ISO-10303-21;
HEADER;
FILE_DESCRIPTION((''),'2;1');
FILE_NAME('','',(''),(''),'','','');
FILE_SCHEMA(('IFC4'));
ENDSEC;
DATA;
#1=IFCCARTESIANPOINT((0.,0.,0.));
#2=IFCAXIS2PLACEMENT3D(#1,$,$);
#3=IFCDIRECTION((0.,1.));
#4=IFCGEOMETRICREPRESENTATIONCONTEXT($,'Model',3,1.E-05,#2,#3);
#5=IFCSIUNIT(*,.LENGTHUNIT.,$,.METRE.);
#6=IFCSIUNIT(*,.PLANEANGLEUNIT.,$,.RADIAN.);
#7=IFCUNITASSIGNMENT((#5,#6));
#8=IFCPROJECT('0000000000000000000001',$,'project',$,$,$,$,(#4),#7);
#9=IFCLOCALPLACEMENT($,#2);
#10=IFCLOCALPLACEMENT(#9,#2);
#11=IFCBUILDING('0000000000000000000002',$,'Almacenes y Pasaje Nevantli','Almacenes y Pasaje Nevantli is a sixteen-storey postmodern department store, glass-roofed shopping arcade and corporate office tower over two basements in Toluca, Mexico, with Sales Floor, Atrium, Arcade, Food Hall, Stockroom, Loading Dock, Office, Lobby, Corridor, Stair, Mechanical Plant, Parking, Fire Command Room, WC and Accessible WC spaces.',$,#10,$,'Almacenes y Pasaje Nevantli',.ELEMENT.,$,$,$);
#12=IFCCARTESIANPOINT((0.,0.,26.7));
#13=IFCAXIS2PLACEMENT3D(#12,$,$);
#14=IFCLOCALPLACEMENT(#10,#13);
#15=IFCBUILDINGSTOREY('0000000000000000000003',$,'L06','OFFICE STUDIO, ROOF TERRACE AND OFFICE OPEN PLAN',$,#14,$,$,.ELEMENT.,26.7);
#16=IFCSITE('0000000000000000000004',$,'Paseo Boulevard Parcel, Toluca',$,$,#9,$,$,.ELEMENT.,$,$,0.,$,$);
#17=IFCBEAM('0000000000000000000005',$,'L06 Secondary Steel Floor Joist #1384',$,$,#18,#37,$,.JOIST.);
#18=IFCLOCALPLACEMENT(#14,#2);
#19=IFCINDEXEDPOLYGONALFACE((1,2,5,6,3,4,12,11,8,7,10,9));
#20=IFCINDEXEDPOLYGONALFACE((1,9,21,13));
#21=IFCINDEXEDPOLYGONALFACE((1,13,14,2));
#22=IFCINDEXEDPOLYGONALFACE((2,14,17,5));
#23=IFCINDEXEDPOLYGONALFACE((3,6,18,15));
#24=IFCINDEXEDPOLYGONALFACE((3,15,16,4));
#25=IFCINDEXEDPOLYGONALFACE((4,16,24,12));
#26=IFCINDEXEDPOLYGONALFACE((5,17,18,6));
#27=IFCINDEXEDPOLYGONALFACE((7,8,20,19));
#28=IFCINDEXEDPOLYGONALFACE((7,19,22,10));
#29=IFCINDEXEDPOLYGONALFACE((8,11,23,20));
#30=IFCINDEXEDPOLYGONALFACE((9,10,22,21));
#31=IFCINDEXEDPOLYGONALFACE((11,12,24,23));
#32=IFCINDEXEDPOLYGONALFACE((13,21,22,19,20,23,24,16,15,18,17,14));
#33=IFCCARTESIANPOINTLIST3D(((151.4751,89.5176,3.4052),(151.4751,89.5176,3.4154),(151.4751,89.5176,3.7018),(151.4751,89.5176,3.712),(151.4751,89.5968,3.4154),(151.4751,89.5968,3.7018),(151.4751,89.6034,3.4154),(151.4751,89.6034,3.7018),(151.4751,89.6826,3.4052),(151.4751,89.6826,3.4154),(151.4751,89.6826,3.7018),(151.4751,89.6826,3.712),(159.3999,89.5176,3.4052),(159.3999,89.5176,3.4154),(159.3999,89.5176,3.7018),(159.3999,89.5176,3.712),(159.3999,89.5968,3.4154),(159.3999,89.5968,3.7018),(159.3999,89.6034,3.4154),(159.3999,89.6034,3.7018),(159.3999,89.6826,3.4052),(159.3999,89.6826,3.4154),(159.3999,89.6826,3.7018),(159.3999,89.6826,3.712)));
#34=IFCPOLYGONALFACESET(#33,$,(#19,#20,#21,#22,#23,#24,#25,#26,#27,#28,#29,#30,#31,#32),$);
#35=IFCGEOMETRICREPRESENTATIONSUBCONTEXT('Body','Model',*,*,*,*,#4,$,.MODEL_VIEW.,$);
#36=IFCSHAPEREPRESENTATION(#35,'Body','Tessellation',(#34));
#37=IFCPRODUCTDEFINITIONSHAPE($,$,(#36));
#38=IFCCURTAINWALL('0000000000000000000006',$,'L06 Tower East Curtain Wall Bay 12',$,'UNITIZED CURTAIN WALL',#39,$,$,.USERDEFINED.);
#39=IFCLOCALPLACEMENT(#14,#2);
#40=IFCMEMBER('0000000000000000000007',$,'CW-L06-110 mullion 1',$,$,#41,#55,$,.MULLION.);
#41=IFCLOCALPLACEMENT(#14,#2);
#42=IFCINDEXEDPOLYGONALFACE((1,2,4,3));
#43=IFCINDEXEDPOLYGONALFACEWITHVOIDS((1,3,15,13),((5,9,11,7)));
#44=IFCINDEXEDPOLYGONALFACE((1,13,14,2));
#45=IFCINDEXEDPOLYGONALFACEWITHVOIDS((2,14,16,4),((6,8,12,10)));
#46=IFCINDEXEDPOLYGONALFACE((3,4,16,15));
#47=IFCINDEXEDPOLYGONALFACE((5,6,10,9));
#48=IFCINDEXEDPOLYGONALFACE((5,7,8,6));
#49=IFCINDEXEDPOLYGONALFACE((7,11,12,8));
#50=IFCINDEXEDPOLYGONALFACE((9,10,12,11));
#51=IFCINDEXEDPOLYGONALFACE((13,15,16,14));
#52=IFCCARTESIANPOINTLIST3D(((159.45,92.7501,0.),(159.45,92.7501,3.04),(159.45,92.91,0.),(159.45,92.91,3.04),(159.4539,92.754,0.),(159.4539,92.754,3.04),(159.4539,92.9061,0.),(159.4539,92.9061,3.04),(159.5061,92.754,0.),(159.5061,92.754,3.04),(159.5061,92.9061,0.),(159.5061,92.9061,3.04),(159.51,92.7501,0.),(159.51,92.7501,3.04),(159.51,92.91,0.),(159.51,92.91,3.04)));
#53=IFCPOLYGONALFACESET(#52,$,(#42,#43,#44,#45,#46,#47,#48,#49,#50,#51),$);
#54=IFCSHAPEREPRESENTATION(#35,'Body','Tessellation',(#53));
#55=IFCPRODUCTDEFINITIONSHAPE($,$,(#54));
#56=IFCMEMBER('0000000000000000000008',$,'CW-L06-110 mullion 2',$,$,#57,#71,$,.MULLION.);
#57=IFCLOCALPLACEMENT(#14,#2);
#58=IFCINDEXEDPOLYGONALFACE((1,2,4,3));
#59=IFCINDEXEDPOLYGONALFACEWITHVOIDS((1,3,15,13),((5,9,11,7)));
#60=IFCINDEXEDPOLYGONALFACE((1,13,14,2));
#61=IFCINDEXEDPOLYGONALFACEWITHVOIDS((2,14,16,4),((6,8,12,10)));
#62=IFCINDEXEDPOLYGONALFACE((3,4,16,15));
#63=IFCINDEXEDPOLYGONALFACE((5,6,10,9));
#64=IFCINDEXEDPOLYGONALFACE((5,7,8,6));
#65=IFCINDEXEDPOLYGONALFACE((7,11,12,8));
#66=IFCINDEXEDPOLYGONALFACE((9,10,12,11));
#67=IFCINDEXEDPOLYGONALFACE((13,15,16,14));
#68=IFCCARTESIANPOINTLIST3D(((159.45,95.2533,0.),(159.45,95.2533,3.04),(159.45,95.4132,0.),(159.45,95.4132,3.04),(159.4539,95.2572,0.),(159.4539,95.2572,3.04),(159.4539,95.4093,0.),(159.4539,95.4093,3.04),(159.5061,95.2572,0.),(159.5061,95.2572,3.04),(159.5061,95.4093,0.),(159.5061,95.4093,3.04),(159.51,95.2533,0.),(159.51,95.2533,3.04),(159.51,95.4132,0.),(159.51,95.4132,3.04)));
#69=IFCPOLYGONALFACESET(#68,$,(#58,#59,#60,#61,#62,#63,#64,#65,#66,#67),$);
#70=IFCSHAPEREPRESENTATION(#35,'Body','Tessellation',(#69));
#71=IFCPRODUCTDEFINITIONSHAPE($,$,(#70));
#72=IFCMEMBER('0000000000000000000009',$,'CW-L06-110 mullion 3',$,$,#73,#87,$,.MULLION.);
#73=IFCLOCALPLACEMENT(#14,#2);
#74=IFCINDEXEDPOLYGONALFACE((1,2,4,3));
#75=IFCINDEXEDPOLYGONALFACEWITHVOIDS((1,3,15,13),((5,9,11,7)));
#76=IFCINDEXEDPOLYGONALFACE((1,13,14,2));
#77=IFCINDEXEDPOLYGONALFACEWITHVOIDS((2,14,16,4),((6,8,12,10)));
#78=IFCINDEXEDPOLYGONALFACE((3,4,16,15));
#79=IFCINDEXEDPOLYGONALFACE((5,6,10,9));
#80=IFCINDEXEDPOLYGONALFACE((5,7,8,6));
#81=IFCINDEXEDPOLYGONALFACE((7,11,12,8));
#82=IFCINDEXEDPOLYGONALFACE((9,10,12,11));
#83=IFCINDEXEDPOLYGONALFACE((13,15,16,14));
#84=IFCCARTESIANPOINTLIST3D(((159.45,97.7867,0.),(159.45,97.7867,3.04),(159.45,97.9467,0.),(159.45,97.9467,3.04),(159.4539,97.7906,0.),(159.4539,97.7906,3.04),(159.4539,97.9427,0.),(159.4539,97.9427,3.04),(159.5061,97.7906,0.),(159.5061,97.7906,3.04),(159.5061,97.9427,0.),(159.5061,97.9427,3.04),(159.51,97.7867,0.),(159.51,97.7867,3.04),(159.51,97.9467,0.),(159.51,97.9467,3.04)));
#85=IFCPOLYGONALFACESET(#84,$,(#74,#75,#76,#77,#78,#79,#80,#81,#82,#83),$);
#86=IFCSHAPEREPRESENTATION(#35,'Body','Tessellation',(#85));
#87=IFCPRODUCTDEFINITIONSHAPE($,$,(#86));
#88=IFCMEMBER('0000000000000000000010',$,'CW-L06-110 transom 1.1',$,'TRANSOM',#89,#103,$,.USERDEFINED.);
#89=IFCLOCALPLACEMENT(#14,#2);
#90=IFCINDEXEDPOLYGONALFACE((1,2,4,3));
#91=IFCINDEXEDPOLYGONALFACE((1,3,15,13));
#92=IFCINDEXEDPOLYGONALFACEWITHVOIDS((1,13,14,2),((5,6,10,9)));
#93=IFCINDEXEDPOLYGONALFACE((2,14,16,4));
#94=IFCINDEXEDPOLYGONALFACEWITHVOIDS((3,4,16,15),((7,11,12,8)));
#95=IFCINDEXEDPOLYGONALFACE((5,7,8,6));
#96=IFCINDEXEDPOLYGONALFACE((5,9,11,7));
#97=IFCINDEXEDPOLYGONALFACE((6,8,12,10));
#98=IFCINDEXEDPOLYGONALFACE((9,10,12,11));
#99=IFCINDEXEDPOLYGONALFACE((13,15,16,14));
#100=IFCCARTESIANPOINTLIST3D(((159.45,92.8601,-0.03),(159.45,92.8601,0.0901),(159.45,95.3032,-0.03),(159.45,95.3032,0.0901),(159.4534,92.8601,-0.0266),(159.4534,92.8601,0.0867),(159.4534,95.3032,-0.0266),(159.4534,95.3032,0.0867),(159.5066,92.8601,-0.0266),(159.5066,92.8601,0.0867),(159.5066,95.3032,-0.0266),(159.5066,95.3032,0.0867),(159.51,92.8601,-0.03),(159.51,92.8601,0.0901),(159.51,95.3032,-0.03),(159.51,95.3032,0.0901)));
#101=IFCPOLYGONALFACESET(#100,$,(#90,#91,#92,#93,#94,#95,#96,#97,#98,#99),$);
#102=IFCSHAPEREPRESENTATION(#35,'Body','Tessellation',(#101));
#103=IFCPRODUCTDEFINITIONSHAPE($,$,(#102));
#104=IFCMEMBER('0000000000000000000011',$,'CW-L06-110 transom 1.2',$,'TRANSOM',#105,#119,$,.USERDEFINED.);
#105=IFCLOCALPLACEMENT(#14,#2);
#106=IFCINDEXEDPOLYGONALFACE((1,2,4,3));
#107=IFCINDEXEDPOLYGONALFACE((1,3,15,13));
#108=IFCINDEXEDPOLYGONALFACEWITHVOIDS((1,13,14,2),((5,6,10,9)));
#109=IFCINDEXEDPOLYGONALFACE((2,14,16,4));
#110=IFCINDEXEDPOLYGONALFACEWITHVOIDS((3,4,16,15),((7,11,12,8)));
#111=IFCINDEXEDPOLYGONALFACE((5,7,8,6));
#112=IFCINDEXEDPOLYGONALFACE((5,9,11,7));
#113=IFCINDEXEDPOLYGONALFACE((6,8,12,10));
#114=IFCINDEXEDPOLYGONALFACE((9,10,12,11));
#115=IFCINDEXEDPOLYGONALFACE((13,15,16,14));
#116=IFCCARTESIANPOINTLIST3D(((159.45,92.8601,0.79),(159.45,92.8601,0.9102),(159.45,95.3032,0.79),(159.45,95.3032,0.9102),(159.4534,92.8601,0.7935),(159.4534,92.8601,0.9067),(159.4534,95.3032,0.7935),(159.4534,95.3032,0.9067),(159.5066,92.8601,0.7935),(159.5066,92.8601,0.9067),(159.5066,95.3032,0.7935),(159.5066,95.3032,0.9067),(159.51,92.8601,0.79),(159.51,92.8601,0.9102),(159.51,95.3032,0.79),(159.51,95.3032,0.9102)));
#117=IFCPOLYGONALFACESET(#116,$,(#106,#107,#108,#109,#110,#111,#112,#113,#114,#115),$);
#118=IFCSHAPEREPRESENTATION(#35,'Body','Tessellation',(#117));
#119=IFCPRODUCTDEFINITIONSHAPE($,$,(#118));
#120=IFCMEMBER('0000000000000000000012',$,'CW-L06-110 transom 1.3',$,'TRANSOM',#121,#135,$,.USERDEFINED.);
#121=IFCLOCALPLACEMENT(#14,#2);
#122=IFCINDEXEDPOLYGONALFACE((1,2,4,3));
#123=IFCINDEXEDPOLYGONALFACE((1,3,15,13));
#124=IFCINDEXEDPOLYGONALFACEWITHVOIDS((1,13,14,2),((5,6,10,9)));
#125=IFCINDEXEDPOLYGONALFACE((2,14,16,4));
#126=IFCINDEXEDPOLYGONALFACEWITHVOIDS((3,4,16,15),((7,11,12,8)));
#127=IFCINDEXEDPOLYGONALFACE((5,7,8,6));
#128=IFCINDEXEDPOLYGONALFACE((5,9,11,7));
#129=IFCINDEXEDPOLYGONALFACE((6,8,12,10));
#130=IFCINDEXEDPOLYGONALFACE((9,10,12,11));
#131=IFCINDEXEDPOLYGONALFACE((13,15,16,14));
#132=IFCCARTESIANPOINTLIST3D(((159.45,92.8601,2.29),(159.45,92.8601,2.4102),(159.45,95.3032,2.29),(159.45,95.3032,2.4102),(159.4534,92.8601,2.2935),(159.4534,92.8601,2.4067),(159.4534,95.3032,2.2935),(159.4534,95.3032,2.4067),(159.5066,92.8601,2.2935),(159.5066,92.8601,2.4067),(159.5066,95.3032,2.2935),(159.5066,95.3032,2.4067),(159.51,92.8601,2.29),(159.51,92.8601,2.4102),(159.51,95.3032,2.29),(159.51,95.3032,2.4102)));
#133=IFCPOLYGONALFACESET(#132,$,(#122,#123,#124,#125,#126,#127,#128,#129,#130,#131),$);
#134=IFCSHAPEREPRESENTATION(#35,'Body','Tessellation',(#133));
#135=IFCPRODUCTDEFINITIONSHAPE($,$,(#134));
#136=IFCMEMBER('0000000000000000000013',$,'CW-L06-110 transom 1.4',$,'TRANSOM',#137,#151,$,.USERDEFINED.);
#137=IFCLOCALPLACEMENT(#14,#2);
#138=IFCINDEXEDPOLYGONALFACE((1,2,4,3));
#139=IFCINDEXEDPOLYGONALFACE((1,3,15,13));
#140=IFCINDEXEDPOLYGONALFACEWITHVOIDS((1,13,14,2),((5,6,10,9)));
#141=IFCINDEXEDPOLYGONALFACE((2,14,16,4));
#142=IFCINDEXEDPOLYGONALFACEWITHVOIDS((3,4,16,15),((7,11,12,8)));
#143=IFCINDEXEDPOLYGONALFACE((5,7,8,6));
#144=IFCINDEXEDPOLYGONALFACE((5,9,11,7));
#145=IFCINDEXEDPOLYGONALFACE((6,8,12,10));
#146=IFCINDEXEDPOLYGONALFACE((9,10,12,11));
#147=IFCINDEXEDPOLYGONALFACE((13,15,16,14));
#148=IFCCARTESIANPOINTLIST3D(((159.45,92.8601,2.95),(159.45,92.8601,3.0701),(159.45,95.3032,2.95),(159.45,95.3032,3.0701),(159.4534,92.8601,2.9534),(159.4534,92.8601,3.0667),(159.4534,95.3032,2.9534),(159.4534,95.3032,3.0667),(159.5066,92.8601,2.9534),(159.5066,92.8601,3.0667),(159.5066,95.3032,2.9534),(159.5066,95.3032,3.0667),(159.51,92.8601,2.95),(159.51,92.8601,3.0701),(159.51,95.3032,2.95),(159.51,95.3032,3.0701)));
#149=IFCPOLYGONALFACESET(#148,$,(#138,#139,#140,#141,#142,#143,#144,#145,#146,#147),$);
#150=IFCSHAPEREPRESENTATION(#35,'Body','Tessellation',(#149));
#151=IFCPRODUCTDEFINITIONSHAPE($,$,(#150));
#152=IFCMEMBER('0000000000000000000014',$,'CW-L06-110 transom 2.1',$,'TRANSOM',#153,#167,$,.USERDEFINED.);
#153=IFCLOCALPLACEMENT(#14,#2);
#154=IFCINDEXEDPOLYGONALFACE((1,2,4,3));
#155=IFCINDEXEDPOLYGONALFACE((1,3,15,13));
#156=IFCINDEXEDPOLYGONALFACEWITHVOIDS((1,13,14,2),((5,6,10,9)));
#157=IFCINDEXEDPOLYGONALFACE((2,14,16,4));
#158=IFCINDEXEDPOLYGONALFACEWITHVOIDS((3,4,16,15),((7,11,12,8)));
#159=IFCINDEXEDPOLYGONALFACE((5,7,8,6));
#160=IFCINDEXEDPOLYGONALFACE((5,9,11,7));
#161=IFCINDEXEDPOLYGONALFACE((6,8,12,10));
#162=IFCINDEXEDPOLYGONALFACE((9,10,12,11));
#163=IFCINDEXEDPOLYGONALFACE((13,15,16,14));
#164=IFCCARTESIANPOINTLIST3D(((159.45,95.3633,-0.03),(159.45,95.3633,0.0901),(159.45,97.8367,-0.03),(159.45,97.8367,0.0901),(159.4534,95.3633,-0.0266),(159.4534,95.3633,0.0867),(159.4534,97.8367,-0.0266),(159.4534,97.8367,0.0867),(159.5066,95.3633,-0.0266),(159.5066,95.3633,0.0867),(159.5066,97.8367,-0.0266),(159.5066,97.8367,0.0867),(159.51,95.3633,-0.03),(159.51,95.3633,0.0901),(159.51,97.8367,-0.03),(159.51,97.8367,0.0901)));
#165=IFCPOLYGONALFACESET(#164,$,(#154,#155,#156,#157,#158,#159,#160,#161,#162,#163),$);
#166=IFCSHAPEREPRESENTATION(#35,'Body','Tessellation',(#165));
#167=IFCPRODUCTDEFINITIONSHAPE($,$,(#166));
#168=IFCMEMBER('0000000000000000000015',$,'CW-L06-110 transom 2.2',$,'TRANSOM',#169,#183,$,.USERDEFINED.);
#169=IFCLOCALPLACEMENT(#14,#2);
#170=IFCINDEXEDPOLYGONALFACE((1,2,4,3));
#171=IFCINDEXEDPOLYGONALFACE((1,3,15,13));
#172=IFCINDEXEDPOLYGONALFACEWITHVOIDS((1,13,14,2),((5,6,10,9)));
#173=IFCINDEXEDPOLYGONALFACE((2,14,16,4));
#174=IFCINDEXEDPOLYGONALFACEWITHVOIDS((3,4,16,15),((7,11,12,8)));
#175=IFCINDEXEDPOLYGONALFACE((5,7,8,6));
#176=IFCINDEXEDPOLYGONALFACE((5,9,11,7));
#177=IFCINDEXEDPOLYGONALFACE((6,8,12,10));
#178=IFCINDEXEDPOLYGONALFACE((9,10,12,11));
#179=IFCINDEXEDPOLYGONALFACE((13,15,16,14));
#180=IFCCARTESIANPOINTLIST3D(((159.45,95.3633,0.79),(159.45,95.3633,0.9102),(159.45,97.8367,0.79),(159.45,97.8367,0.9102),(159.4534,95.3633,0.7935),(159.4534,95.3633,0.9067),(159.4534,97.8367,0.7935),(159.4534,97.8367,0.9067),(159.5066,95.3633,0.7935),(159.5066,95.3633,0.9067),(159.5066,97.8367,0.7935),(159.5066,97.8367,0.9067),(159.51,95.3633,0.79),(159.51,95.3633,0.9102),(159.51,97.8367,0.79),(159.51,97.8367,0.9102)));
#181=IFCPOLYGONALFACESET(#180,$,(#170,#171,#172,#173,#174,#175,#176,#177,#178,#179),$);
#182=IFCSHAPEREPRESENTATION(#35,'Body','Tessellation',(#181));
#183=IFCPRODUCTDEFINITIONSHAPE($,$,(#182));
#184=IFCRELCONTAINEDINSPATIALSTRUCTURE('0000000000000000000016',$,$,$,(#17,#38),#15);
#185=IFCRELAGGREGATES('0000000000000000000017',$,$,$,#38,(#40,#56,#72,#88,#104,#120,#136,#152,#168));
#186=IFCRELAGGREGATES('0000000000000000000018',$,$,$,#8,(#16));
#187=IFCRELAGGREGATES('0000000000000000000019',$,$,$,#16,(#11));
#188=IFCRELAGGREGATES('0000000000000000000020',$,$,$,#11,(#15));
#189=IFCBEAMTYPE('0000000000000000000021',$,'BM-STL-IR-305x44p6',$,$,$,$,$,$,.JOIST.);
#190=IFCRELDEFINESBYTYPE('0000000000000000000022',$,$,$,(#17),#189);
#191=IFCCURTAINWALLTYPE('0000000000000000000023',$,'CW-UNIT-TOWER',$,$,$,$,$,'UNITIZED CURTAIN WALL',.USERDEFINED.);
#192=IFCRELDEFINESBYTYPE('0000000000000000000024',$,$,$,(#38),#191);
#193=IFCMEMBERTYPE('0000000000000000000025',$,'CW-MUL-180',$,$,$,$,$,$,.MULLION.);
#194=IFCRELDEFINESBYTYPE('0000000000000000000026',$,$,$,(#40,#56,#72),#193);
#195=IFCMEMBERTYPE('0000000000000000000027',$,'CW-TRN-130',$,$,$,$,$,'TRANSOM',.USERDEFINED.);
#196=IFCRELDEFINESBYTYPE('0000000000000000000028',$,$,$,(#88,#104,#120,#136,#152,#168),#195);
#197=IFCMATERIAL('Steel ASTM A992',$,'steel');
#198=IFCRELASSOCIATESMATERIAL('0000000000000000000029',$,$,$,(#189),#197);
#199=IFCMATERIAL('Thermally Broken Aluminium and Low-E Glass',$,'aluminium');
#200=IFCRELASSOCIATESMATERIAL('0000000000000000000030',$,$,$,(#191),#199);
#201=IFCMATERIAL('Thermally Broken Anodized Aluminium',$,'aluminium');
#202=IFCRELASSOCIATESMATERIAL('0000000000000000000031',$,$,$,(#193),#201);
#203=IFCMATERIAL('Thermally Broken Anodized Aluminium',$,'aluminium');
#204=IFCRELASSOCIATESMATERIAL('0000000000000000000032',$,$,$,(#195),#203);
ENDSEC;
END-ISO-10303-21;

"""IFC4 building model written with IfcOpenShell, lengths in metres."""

from ifc_helpers import new_model, si_unit, direction, frame, origin, origin_2d, place, context, subcontext, project, spatial, hollow_rectangle, i_section, extrude, material, material_profile, profile_set, type_object, element, aggregate, save


model = new_model("IFC4")

# Units and contexts
model_context = context("Model", 3, precision=1e-05, world=origin(), true_north=direction((0.0, 1.0)))
body_context = subcontext(model_context, "Body", "Model", "MODEL_VIEW")
ifc_project = project(units=[si_unit("LENGTHUNIT", "METRE"), si_unit("PLANEANGLEUNIT", "RADIAN")], contexts=[model_context])

# Site, building, storey
site_placement = place(None, origin())
site = spatial("IfcSite", under=ifc_project, at=site_placement, Name="Paseo Boulevard Parcel, Toluca", CompositionType="ELEMENT", RefElevation=0.0)
building_placement = place(site_placement, origin())
building = spatial("IfcBuilding", under=site, at=building_placement, Name="Almacenes y Pasaje Nevantli", Description="Almacenes y Pasaje Nevantli is a sixteen-storey postmodern department store, glass-roofed shopping arcade and corporate office tower over two basements in Toluca, Mexico, with Sales Floor, Atrium, Arcade, Food Hall, Stockroom, Loading Dock, Office, Lobby, Corridor, Stair, Mechanical Plant, Parking, Fire Command Room, WC and Accessible WC spaces.", LongName="Almacenes y Pasaje Nevantli", CompositionType="ELEMENT")
storey_placement = place(building_placement, frame((0.0, 0.0, 26.7)))
storey = spatial("IfcBuildingStorey", under=building, at=storey_placement, Name="L06", Description="OFFICE STUDIO, ROOF TERRACE AND OFFICE OPEN PLAN", CompositionType="ELEMENT", Elevation=26.7)

# Beam
ifc_material_1 = material(Name="Steel ASTM A992", Category="steel")
ifc_material_profile_1 = material_profile(ifc_material_1, i_section(OverallWidth=0.165, OverallDepth=0.3069, WebThickness=0.0066, FlangeThickness=0.0103, at=origin_2d()), Name="IR 305x44.6")
ifc_profile_set_1 = profile_set([ifc_material_profile_1], Name="Steel ASTM A992")
beam_type_1 = type_object("IfcBeamType", Name="BM-STL-IR-305x44p6", PredefinedType="JOIST", material=ifc_profile_set_1)
for number, where, z_axis, x_axis, name in (
    (1, (151.4751, 89.6001, 3.5586), (1.0, 0.0, 0.0), (0.0, 1.0, 0.0), "L06 Secondary Steel Floor Joist #1384"),
):
    element("IfcBeam", number, at=place(storey_placement, frame(where, z_axis=z_axis, x_axis=x_axis)), inside=storey, type_object=beam_type_1, Name=name, PredefinedType="JOIST", context=body_context, shape_type="SweptSolid", body=[
        extrude(i_section(OverallWidth=0.165, OverallDepth=0.3069, WebThickness=0.0066, FlangeThickness=0.0103, at=origin_2d()), origin(), (0.0, 0.0, 1.0), 7.9248),
    ])

# Curtain wall, members
ifc_material_2 = material(Name="Thermally Broken Aluminium and Low-E Glass", Category="aluminium")
curtain_wall_type = type_object("IfcCurtainWallType", Name="CW-UNIT-TOWER", ElementType="UNITIZED CURTAIN WALL", PredefinedType="USERDEFINED", material=ifc_material_2)
curtain_wall_placement = place(storey_placement, origin())
curtain_wall = element("IfcCurtainWall", 2, at=curtain_wall_placement, inside=storey, type_object=curtain_wall_type, Name="L06 Tower East Curtain Wall Bay 12", ObjectType="UNITIZED CURTAIN WALL", PredefinedType="USERDEFINED")
ifc_material_3 = material(Name="Thermally Broken Anodized Aluminium", Category="aluminium")
ifc_material_profile_2 = material_profile(ifc_material_3, hollow_rectangle(XDim=0.0601, YDim=0.1599, WallThickness=0.0039, at=origin_2d()), Name="ALU-MUL-60x160")
ifc_profile_set_2 = profile_set([ifc_material_profile_2], Name="Thermally Broken Anodized Aluminium")
member_type_1 = type_object("IfcMemberType", Name="CW-MUL-180", PredefinedType="MULLION", material=ifc_profile_set_2)
member_1_placement = place(storey_placement, frame((159.48, 92.8301, 0.0), z_axis=(0.0, 0.0, 1.0), x_axis=(-1.0, 0.0, 0.0)))
member_1 = element("IfcMember", 3, at=member_1_placement, type_object=member_type_1, Name="CW-L06-110 mullion 1", PredefinedType="MULLION", context=body_context, shape_type="SweptSolid", body=[
    extrude(hollow_rectangle(XDim=0.0601, YDim=0.1599, WallThickness=0.0039, at=origin_2d()), origin(), (0.0, 0.0, 1.0), 3.04),
])
member_2_placement = place(storey_placement, frame((159.48, 95.3333, 0.0), z_axis=(0.0, 0.0, 1.0), x_axis=(-1.0, 0.0, 0.0)))
member_2 = element("IfcMember", 4, at=member_2_placement, type_object=member_type_1, Name="CW-L06-110 mullion 2", PredefinedType="MULLION", context=body_context, shape_type="SweptSolid", body=[
    extrude(hollow_rectangle(XDim=0.0601, YDim=0.1599, WallThickness=0.0039, at=origin_2d()), origin(), (0.0, 0.0, 1.0), 3.04),
])
member_3_placement = place(storey_placement, frame((159.48, 97.8667, 0.0), z_axis=(0.0, 0.0, 1.0), x_axis=(-1.0, 0.0, 0.0)))
member_3 = element("IfcMember", 5, at=member_3_placement, type_object=member_type_1, Name="CW-L06-110 mullion 3", PredefinedType="MULLION", context=body_context, shape_type="SweptSolid", body=[
    extrude(hollow_rectangle(XDim=0.0601, YDim=0.1599, WallThickness=0.0039, at=origin_2d()), origin(), (0.0, 0.0, 1.0), 3.04),
])
ifc_material_4 = material(Name="Thermally Broken Anodized Aluminium", Category="aluminium")
ifc_material_profile_3 = material_profile(ifc_material_4, hollow_rectangle(XDim=0.0601, YDim=0.1201, WallThickness=0.0034, at=origin_2d()), Name="ALU-TRN-60x120")
ifc_profile_set_3 = profile_set([ifc_material_profile_3], Name="Thermally Broken Anodized Aluminium")
member_type_2 = type_object("IfcMemberType", Name="CW-TRN-130", ElementType="TRANSOM", PredefinedType="USERDEFINED", material=ifc_profile_set_3)
member_4_placement = place(storey_placement, frame((159.48, 92.8601, 0.03), z_axis=(0.0, 1.0, 0.0), x_axis=(-1.0, 0.0, 0.0)))
member_4 = element("IfcMember", 6, at=member_4_placement, type_object=member_type_2, Name="CW-L06-110 transom 1.1", ObjectType="TRANSOM", PredefinedType="USERDEFINED", context=body_context, shape_type="SweptSolid", body=[
    extrude(hollow_rectangle(XDim=0.0601, YDim=0.1201, WallThickness=0.0034, at=origin_2d()), origin(), (0.0, 0.0, 1.0), 2.4431),
])
member_5_placement = place(storey_placement, frame((159.48, 92.8601, 0.8501), z_axis=(0.0, 1.0, 0.0), x_axis=(-1.0, 0.0, 0.0)))
member_5 = element("IfcMember", 7, at=member_5_placement, type_object=member_type_2, Name="CW-L06-110 transom 1.2", ObjectType="TRANSOM", PredefinedType="USERDEFINED", context=body_context, shape_type="SweptSolid", body=[
    extrude(hollow_rectangle(XDim=0.0601, YDim=0.1201, WallThickness=0.0034, at=origin_2d()), origin(), (0.0, 0.0, 1.0), 2.4431),
])
member_6_placement = place(storey_placement, frame((159.48, 92.8601, 2.3501), z_axis=(0.0, 1.0, 0.0), x_axis=(-1.0, 0.0, 0.0)))
member_6 = element("IfcMember", 8, at=member_6_placement, type_object=member_type_2, Name="CW-L06-110 transom 1.3", ObjectType="TRANSOM", PredefinedType="USERDEFINED", context=body_context, shape_type="SweptSolid", body=[
    extrude(hollow_rectangle(XDim=0.0601, YDim=0.1201, WallThickness=0.0034, at=origin_2d()), origin(), (0.0, 0.0, 1.0), 2.4431),
])
member_7_placement = place(storey_placement, frame((159.48, 92.8601, 3.01), z_axis=(0.0, 1.0, 0.0), x_axis=(-1.0, 0.0, 0.0)))
member_7 = element("IfcMember", 9, at=member_7_placement, type_object=member_type_2, Name="CW-L06-110 transom 1.4", ObjectType="TRANSOM", PredefinedType="USERDEFINED", context=body_context, shape_type="SweptSolid", body=[
    extrude(hollow_rectangle(XDim=0.0601, YDim=0.1201, WallThickness=0.0034, at=origin_2d()), origin(), (0.0, 0.0, 1.0), 2.4431),
])
member_8_placement = place(storey_placement, frame((159.48, 95.3633, 0.03), z_axis=(0.0, 1.0, 0.0), x_axis=(-1.0, 0.0, 0.0)))
member_8 = element("IfcMember", 10, at=member_8_placement, type_object=member_type_2, Name="CW-L06-110 transom 2.1", ObjectType="TRANSOM", PredefinedType="USERDEFINED", context=body_context, shape_type="SweptSolid", body=[
    extrude(hollow_rectangle(XDim=0.0601, YDim=0.1201, WallThickness=0.0034, at=origin_2d()), origin(), (0.0, 0.0, 1.0), 2.4734),
])
member_9_placement = place(storey_placement, frame((159.48, 95.3633, 0.8501), z_axis=(0.0, 1.0, 0.0), x_axis=(-1.0, 0.0, 0.0)))
member_9 = element("IfcMember", 11, at=member_9_placement, type_object=member_type_2, Name="CW-L06-110 transom 2.2", ObjectType="TRANSOM", PredefinedType="USERDEFINED", context=body_context, shape_type="SweptSolid", body=[
    extrude(hollow_rectangle(XDim=0.0601, YDim=0.1201, WallThickness=0.0034, at=origin_2d()), origin(), (0.0, 0.0, 1.0), 2.4734),
])
aggregate(curtain_wall, [member_1, member_2, member_3, member_4, member_5, member_6, member_7, member_8, member_9])

save(model, "model.ifc")
